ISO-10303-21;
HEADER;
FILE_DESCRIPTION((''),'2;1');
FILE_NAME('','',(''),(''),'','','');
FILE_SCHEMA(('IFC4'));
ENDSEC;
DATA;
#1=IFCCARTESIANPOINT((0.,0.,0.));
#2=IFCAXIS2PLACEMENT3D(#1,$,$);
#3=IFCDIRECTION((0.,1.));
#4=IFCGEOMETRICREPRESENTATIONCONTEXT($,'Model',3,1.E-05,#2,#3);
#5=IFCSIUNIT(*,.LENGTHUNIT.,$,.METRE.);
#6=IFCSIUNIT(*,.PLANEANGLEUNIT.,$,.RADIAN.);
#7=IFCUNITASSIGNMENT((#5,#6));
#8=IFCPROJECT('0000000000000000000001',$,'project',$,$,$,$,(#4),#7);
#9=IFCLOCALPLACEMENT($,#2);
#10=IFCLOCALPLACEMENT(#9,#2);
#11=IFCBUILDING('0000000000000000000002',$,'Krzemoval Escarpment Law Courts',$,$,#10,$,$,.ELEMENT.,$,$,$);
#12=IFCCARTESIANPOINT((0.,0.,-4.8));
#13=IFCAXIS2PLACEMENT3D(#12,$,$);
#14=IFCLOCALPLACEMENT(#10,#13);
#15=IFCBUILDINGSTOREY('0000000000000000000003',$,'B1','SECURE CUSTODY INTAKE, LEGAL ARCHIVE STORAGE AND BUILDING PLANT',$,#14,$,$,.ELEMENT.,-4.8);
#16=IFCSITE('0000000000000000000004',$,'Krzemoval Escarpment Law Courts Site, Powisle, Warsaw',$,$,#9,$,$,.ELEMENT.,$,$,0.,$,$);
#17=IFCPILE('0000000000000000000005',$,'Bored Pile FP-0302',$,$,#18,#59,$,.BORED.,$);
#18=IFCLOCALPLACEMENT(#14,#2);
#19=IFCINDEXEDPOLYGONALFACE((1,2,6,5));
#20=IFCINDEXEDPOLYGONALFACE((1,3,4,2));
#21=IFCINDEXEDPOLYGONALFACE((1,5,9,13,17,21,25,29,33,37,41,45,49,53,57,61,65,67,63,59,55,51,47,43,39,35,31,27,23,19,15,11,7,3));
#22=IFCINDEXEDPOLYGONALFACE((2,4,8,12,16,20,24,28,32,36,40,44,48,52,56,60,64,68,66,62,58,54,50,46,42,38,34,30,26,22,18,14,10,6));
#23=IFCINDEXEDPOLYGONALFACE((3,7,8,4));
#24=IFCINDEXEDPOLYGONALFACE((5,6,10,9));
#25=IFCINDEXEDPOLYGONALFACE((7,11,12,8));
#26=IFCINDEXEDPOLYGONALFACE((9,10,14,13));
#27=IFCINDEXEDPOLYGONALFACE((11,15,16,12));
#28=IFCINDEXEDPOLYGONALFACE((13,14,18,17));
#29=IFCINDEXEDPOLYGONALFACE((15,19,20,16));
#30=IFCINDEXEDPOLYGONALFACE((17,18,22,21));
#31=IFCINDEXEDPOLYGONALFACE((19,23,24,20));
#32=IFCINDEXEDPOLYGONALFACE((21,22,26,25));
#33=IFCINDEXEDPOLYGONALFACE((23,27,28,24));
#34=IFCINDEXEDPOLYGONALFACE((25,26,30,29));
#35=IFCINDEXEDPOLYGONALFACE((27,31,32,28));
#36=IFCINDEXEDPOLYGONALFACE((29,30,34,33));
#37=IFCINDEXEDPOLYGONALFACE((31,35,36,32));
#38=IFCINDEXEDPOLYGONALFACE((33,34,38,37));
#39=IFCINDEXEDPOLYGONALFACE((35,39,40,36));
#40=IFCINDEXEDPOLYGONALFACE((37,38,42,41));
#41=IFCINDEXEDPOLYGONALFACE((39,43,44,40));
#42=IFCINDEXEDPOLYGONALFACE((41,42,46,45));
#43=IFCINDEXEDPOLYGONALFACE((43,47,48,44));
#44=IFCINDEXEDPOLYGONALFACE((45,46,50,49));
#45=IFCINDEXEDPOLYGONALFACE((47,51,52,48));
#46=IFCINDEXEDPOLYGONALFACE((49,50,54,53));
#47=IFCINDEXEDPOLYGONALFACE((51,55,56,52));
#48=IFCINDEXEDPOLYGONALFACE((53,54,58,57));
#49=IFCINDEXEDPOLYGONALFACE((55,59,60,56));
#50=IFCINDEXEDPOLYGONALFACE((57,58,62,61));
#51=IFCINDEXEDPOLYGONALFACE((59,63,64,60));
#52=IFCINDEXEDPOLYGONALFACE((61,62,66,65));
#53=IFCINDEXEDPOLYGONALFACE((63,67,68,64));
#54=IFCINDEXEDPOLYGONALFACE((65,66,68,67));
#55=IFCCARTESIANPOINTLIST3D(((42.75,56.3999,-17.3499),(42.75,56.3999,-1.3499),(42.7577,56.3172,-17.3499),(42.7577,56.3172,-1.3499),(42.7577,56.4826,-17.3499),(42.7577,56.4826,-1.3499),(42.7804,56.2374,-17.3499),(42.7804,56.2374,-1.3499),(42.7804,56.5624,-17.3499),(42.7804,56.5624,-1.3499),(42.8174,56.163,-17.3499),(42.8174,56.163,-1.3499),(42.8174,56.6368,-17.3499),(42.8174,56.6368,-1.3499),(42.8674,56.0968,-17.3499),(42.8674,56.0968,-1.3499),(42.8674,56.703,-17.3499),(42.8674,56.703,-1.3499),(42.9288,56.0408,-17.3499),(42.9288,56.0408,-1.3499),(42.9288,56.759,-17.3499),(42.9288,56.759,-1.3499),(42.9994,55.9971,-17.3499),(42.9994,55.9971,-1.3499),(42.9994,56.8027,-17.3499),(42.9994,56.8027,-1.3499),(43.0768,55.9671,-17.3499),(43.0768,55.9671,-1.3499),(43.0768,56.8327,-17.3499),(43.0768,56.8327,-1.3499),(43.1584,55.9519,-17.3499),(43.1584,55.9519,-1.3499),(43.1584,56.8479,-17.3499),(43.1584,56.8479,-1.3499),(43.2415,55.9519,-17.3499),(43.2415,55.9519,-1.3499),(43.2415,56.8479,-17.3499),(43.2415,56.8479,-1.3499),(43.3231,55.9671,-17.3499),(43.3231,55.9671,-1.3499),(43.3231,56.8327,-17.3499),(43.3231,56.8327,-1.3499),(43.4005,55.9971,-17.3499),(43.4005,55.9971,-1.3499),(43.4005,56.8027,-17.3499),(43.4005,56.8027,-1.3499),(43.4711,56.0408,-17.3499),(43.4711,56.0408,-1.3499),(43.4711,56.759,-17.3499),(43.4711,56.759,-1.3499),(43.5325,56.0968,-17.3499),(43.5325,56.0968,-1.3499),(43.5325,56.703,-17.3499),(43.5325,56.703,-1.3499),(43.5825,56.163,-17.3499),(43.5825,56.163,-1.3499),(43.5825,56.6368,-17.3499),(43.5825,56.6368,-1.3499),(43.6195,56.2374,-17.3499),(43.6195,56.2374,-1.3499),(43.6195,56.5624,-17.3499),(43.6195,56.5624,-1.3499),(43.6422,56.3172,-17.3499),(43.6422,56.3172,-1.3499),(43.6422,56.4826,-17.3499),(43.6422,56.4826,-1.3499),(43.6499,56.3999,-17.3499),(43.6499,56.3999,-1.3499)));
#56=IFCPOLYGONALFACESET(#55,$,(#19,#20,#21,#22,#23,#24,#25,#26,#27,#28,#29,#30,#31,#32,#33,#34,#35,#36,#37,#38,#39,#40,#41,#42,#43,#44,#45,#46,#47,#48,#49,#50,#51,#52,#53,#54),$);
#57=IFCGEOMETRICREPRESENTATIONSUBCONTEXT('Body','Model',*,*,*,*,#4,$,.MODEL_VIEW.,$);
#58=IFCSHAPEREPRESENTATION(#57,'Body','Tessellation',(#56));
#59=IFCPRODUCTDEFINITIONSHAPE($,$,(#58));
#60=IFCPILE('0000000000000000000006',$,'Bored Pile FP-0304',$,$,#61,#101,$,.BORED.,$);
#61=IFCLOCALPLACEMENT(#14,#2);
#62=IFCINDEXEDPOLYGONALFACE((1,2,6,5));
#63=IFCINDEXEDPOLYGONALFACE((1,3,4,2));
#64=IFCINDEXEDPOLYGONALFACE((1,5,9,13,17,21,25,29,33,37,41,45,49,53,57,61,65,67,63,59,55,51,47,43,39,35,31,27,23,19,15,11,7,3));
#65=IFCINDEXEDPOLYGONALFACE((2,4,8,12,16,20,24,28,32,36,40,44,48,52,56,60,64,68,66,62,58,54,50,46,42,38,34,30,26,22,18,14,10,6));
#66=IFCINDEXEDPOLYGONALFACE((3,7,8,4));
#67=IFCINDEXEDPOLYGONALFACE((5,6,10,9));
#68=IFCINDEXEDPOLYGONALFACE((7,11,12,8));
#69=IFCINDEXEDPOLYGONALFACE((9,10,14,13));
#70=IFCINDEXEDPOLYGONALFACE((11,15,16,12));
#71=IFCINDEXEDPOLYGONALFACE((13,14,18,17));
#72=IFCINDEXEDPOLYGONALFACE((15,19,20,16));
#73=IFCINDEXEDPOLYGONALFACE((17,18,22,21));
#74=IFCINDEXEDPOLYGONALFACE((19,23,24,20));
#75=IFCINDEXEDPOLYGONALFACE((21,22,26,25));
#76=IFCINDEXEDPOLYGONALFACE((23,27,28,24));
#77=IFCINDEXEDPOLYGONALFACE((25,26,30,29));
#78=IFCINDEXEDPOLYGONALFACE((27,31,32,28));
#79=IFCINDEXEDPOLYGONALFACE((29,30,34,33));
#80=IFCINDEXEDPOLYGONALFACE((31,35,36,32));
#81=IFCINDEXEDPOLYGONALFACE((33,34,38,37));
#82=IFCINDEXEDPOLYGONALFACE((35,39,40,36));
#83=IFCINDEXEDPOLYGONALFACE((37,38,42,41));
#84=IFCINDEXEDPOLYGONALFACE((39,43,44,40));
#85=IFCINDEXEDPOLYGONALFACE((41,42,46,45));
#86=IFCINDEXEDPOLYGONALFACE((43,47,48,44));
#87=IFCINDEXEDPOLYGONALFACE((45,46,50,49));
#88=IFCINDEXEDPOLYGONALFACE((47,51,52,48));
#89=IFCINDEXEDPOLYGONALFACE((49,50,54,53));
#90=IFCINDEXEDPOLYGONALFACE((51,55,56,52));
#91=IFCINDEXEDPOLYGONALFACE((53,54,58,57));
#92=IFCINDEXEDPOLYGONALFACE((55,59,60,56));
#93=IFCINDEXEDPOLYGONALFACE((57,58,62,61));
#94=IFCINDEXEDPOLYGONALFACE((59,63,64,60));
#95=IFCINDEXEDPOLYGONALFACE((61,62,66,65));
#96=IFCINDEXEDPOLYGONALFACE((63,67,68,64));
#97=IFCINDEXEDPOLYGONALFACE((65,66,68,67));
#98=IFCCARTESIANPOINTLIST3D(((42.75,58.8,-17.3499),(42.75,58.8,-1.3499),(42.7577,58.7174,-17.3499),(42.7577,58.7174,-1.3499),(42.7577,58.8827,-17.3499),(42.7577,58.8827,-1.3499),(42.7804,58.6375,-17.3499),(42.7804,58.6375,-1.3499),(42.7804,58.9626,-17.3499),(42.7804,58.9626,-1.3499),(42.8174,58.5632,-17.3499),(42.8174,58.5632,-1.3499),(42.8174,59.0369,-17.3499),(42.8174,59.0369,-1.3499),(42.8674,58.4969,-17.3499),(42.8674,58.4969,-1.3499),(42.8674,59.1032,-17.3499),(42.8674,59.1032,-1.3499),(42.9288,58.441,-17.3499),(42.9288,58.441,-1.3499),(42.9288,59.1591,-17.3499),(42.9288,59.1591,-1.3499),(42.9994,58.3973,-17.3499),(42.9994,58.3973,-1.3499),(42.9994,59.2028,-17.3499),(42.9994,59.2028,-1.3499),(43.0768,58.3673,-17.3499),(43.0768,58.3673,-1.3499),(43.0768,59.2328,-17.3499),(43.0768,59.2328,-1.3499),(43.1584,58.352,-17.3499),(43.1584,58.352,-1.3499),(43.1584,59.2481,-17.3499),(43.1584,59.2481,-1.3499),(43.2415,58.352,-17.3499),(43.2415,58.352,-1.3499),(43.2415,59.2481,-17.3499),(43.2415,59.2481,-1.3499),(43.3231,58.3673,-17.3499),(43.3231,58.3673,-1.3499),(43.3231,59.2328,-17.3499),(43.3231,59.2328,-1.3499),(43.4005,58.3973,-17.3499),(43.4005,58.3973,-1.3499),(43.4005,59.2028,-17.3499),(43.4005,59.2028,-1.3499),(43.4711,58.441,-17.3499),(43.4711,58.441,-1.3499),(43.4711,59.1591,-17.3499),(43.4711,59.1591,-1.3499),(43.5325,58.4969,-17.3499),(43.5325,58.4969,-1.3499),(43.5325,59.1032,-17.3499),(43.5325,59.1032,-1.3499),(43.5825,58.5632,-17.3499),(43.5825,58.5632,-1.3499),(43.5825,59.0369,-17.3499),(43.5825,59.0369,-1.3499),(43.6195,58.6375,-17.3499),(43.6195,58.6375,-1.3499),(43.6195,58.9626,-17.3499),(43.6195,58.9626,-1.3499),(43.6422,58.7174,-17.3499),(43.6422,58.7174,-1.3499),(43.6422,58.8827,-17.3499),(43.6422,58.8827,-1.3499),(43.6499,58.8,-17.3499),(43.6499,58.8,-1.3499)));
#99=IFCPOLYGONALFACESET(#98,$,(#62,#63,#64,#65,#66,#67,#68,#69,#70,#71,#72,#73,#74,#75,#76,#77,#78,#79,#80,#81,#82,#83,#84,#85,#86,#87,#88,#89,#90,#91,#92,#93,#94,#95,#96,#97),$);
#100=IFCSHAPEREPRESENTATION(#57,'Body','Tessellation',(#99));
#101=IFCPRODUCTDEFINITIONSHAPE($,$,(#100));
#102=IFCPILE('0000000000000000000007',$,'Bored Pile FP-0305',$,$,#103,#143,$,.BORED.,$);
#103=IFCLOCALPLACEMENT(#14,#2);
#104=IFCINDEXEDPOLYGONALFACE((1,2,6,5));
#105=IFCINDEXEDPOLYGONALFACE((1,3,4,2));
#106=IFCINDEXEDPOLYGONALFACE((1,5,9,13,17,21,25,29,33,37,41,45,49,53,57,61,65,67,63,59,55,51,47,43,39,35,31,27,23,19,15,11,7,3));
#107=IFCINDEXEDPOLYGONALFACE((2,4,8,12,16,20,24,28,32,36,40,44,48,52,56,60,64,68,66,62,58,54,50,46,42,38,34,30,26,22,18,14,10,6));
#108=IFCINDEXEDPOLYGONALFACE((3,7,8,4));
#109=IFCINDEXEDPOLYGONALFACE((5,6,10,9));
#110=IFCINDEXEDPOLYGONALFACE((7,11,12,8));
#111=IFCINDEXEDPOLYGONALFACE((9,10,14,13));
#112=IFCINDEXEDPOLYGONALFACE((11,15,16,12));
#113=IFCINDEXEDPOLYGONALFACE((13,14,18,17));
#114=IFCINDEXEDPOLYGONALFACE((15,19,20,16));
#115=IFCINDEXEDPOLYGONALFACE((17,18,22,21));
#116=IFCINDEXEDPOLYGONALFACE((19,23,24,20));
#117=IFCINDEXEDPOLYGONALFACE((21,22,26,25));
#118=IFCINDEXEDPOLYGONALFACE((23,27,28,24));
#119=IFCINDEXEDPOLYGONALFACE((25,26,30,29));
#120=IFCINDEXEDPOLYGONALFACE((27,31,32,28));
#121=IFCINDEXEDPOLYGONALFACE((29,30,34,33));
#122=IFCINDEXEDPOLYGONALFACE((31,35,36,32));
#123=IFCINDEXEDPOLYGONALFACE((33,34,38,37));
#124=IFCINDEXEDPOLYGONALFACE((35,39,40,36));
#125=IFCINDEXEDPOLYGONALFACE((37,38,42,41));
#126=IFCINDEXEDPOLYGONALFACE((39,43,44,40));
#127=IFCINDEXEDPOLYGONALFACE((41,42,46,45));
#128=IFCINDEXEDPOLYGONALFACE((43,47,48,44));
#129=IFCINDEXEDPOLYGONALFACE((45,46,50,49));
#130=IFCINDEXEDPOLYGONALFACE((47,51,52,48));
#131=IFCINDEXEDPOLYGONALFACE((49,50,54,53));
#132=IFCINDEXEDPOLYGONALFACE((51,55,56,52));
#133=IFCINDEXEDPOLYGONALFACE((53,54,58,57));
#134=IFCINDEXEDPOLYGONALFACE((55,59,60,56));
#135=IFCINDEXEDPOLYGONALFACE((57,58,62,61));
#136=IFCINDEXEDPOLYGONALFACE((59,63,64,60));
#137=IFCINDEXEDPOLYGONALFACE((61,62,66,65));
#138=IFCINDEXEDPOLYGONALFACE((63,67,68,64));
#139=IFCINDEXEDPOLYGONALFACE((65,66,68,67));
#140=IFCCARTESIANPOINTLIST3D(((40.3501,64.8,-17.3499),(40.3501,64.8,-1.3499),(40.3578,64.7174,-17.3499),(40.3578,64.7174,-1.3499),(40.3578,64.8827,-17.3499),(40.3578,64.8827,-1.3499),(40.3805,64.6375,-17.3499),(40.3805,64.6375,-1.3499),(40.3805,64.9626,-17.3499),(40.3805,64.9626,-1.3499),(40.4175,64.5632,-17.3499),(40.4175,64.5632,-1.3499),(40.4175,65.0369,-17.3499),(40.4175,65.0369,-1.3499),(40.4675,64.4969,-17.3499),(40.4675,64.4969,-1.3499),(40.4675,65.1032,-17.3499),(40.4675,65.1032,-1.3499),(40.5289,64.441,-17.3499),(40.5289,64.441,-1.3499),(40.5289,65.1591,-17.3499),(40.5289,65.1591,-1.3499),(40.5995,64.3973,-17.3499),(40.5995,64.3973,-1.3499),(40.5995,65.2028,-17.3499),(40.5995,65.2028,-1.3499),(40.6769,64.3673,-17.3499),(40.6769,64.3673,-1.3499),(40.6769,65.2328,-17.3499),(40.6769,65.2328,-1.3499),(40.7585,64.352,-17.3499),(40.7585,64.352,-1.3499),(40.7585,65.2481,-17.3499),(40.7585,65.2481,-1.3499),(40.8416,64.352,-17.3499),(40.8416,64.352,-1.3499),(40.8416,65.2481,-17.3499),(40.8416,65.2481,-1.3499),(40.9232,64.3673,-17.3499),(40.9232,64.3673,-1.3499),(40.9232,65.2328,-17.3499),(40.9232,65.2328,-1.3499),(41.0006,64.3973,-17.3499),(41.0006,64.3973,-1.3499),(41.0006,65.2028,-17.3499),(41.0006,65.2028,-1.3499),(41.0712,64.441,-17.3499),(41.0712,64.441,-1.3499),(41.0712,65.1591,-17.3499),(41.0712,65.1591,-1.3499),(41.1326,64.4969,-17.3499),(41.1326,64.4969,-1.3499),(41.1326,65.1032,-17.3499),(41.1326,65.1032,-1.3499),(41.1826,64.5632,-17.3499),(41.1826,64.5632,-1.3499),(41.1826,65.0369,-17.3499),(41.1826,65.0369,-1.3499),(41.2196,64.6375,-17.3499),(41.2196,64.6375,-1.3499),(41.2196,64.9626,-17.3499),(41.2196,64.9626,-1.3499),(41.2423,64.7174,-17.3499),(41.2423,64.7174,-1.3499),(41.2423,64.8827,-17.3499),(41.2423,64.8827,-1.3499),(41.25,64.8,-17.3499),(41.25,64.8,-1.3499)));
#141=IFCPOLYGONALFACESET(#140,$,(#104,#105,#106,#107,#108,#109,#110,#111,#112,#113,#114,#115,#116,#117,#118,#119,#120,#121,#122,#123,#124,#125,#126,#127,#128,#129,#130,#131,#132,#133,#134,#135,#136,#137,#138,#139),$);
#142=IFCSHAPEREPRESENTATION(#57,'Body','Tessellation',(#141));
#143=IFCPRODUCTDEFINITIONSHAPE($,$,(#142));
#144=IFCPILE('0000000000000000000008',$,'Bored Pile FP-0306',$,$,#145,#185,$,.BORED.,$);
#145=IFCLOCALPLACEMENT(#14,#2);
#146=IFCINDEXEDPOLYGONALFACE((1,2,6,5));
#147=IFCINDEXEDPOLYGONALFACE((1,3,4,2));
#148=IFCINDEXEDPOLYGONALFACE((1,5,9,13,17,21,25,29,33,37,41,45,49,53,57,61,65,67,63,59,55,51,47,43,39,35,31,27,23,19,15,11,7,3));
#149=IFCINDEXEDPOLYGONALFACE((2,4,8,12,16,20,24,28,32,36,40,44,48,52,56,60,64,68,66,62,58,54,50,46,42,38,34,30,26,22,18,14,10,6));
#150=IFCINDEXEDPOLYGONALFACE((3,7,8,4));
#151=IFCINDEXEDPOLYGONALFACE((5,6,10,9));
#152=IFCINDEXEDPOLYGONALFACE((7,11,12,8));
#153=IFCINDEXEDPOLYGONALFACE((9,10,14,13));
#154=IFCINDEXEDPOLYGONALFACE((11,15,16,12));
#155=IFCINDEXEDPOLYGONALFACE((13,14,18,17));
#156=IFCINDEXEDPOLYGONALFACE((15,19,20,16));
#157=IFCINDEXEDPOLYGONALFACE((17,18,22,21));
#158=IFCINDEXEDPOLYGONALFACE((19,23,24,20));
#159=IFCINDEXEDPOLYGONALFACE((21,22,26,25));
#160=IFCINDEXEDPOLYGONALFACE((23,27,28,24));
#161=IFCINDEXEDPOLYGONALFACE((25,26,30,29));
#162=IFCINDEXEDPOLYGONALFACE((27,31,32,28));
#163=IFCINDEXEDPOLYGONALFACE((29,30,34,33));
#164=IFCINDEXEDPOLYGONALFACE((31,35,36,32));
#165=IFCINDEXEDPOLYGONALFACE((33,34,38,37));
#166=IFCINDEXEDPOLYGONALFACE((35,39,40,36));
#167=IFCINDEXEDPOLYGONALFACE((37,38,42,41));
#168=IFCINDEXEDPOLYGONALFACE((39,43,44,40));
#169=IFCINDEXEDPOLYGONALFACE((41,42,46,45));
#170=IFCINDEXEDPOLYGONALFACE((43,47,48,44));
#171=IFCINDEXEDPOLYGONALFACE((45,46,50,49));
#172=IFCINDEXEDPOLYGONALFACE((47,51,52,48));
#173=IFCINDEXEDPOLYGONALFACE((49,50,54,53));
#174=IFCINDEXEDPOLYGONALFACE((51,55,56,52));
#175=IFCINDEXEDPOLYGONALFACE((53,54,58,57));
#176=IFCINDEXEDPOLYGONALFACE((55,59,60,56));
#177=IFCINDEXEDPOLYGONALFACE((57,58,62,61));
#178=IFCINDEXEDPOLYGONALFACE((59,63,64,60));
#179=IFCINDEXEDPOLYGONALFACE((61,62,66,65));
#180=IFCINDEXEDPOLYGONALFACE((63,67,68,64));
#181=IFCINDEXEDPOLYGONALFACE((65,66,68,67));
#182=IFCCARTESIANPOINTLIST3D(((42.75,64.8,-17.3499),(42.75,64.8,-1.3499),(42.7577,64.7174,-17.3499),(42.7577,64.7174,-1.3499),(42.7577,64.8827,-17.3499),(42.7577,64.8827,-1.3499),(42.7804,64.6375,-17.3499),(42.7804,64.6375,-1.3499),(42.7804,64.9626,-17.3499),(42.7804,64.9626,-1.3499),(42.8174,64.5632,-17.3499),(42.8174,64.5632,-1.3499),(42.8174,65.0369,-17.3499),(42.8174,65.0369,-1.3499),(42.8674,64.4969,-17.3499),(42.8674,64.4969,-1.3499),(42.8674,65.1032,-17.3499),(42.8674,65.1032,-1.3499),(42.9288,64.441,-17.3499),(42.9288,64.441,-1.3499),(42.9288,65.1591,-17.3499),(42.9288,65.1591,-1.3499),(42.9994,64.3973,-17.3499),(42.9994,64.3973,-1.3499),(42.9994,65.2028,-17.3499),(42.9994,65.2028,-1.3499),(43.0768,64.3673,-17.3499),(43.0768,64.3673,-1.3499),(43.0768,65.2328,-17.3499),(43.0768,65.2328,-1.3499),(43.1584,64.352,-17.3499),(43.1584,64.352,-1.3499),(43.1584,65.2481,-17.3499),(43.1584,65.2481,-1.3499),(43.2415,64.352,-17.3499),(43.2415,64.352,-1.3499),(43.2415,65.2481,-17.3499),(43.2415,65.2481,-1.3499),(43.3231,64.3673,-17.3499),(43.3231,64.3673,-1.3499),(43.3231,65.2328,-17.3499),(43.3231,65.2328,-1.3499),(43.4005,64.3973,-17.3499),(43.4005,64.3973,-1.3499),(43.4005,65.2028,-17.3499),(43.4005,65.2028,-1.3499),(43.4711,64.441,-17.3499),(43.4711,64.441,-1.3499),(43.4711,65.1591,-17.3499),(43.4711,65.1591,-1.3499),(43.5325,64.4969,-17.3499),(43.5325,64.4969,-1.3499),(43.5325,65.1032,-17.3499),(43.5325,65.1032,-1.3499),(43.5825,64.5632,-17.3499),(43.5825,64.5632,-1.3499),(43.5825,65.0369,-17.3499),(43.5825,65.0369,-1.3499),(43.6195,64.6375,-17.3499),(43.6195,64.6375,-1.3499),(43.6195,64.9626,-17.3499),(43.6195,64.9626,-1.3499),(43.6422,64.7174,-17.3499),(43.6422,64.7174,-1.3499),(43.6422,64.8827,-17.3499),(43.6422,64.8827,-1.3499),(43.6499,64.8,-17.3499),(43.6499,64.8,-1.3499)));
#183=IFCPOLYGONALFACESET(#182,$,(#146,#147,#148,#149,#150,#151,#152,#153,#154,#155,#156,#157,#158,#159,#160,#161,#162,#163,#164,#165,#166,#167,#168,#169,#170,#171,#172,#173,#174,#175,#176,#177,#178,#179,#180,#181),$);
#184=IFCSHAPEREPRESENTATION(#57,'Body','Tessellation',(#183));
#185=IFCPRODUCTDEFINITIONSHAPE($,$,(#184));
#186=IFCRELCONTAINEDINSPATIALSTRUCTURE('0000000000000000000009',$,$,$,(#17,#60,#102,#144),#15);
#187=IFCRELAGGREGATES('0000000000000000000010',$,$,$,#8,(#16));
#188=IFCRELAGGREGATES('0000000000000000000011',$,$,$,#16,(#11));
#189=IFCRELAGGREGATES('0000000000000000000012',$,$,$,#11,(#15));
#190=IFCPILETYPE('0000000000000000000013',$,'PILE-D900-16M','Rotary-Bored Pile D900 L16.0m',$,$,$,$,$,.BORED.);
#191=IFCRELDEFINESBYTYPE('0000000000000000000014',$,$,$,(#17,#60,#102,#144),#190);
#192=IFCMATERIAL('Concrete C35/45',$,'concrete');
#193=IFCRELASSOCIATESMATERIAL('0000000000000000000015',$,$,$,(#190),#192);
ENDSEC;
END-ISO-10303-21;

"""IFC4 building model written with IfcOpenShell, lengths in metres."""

from ifc_helpers import new_model, si_unit, direction, frame, origin, origin_2d, place, context, subcontext, project, spatial, circle, extrude, material, material_profile, profile_set, type_object, element, save


model = new_model("IFC4")

# Units and contexts
model_context = context("Model", 3, precision=1e-05, world=origin(), true_north=direction((0.0, 1.0)))
body_context = subcontext(model_context, "Body", "Model", "MODEL_VIEW")
ifc_project = project(units=[si_unit("LENGTHUNIT", "METRE"), si_unit("PLANEANGLEUNIT", "RADIAN")], contexts=[model_context])

# Site, building, storey
site_placement = place(None, origin())
site = spatial("IfcSite", under=ifc_project, at=site_placement, Name="Krzemoval Escarpment Law Courts Site, Powisle, Warsaw", CompositionType="ELEMENT", RefElevation=0.0)
building_placement = place(site_placement, origin())
building = spatial("IfcBuilding", under=site, at=building_placement, Name="Krzemoval Escarpment Law Courts", CompositionType="ELEMENT")
storey_placement = place(building_placement, frame((0.0, 0.0, -4.8)))
storey = spatial("IfcBuildingStorey", under=building, at=storey_placement, Name="B1", Description="SECURE CUSTODY INTAKE, LEGAL ARCHIVE STORAGE AND BUILDING PLANT", CompositionType="ELEMENT", Elevation=-4.8)

# Piles
ifc_material_1 = material(Name="Concrete C35/45", Category="concrete")
ifc_material_profile_1 = material_profile(ifc_material_1, circle(Radius=0.45, at=origin_2d()), Name="PILE D900")
ifc_profile_set_1 = profile_set([ifc_material_profile_1], Name="Concrete C35/45")
pile_type = type_object("IfcPileType", Name="PILE-D900-16M", Description="Rotary-Bored Pile D900 L16.0m", PredefinedType="BORED", material=ifc_profile_set_1)
for number, where, z_axis, x_axis, name in (
    (1, (43.2, 56.3999, -1.3499), (0.0, 0.0, -1.0), (1.0, 0.0, 0.0), "Bored Pile FP-0302"),
    (2, (43.2, 58.8, -1.3499), (0.0, 0.0, -1.0), (1.0, 0.0, 0.0), "Bored Pile FP-0304"),
    (3, (40.8, 64.8, -1.3499), (0.0, 0.0, -1.0), (1.0, 0.0, 0.0), "Bored Pile FP-0305"),
    (4, (43.2, 64.8, -1.3499), (0.0, 0.0, -1.0), (1.0, 0.0, 0.0), "Bored Pile FP-0306"),
):
    element("IfcPile", number, at=place(storey_placement, frame(where, z_axis=z_axis, x_axis=x_axis)), inside=storey, type_object=pile_type, Name=name, PredefinedType="BORED", context=body_context, shape_type="SweptSolid", body=[
        extrude(circle(Radius=0.45, at=origin_2d()), origin(), (0.0, 0.0, 1.0), 16.0),
    ])

save(model, "model.ifc")
